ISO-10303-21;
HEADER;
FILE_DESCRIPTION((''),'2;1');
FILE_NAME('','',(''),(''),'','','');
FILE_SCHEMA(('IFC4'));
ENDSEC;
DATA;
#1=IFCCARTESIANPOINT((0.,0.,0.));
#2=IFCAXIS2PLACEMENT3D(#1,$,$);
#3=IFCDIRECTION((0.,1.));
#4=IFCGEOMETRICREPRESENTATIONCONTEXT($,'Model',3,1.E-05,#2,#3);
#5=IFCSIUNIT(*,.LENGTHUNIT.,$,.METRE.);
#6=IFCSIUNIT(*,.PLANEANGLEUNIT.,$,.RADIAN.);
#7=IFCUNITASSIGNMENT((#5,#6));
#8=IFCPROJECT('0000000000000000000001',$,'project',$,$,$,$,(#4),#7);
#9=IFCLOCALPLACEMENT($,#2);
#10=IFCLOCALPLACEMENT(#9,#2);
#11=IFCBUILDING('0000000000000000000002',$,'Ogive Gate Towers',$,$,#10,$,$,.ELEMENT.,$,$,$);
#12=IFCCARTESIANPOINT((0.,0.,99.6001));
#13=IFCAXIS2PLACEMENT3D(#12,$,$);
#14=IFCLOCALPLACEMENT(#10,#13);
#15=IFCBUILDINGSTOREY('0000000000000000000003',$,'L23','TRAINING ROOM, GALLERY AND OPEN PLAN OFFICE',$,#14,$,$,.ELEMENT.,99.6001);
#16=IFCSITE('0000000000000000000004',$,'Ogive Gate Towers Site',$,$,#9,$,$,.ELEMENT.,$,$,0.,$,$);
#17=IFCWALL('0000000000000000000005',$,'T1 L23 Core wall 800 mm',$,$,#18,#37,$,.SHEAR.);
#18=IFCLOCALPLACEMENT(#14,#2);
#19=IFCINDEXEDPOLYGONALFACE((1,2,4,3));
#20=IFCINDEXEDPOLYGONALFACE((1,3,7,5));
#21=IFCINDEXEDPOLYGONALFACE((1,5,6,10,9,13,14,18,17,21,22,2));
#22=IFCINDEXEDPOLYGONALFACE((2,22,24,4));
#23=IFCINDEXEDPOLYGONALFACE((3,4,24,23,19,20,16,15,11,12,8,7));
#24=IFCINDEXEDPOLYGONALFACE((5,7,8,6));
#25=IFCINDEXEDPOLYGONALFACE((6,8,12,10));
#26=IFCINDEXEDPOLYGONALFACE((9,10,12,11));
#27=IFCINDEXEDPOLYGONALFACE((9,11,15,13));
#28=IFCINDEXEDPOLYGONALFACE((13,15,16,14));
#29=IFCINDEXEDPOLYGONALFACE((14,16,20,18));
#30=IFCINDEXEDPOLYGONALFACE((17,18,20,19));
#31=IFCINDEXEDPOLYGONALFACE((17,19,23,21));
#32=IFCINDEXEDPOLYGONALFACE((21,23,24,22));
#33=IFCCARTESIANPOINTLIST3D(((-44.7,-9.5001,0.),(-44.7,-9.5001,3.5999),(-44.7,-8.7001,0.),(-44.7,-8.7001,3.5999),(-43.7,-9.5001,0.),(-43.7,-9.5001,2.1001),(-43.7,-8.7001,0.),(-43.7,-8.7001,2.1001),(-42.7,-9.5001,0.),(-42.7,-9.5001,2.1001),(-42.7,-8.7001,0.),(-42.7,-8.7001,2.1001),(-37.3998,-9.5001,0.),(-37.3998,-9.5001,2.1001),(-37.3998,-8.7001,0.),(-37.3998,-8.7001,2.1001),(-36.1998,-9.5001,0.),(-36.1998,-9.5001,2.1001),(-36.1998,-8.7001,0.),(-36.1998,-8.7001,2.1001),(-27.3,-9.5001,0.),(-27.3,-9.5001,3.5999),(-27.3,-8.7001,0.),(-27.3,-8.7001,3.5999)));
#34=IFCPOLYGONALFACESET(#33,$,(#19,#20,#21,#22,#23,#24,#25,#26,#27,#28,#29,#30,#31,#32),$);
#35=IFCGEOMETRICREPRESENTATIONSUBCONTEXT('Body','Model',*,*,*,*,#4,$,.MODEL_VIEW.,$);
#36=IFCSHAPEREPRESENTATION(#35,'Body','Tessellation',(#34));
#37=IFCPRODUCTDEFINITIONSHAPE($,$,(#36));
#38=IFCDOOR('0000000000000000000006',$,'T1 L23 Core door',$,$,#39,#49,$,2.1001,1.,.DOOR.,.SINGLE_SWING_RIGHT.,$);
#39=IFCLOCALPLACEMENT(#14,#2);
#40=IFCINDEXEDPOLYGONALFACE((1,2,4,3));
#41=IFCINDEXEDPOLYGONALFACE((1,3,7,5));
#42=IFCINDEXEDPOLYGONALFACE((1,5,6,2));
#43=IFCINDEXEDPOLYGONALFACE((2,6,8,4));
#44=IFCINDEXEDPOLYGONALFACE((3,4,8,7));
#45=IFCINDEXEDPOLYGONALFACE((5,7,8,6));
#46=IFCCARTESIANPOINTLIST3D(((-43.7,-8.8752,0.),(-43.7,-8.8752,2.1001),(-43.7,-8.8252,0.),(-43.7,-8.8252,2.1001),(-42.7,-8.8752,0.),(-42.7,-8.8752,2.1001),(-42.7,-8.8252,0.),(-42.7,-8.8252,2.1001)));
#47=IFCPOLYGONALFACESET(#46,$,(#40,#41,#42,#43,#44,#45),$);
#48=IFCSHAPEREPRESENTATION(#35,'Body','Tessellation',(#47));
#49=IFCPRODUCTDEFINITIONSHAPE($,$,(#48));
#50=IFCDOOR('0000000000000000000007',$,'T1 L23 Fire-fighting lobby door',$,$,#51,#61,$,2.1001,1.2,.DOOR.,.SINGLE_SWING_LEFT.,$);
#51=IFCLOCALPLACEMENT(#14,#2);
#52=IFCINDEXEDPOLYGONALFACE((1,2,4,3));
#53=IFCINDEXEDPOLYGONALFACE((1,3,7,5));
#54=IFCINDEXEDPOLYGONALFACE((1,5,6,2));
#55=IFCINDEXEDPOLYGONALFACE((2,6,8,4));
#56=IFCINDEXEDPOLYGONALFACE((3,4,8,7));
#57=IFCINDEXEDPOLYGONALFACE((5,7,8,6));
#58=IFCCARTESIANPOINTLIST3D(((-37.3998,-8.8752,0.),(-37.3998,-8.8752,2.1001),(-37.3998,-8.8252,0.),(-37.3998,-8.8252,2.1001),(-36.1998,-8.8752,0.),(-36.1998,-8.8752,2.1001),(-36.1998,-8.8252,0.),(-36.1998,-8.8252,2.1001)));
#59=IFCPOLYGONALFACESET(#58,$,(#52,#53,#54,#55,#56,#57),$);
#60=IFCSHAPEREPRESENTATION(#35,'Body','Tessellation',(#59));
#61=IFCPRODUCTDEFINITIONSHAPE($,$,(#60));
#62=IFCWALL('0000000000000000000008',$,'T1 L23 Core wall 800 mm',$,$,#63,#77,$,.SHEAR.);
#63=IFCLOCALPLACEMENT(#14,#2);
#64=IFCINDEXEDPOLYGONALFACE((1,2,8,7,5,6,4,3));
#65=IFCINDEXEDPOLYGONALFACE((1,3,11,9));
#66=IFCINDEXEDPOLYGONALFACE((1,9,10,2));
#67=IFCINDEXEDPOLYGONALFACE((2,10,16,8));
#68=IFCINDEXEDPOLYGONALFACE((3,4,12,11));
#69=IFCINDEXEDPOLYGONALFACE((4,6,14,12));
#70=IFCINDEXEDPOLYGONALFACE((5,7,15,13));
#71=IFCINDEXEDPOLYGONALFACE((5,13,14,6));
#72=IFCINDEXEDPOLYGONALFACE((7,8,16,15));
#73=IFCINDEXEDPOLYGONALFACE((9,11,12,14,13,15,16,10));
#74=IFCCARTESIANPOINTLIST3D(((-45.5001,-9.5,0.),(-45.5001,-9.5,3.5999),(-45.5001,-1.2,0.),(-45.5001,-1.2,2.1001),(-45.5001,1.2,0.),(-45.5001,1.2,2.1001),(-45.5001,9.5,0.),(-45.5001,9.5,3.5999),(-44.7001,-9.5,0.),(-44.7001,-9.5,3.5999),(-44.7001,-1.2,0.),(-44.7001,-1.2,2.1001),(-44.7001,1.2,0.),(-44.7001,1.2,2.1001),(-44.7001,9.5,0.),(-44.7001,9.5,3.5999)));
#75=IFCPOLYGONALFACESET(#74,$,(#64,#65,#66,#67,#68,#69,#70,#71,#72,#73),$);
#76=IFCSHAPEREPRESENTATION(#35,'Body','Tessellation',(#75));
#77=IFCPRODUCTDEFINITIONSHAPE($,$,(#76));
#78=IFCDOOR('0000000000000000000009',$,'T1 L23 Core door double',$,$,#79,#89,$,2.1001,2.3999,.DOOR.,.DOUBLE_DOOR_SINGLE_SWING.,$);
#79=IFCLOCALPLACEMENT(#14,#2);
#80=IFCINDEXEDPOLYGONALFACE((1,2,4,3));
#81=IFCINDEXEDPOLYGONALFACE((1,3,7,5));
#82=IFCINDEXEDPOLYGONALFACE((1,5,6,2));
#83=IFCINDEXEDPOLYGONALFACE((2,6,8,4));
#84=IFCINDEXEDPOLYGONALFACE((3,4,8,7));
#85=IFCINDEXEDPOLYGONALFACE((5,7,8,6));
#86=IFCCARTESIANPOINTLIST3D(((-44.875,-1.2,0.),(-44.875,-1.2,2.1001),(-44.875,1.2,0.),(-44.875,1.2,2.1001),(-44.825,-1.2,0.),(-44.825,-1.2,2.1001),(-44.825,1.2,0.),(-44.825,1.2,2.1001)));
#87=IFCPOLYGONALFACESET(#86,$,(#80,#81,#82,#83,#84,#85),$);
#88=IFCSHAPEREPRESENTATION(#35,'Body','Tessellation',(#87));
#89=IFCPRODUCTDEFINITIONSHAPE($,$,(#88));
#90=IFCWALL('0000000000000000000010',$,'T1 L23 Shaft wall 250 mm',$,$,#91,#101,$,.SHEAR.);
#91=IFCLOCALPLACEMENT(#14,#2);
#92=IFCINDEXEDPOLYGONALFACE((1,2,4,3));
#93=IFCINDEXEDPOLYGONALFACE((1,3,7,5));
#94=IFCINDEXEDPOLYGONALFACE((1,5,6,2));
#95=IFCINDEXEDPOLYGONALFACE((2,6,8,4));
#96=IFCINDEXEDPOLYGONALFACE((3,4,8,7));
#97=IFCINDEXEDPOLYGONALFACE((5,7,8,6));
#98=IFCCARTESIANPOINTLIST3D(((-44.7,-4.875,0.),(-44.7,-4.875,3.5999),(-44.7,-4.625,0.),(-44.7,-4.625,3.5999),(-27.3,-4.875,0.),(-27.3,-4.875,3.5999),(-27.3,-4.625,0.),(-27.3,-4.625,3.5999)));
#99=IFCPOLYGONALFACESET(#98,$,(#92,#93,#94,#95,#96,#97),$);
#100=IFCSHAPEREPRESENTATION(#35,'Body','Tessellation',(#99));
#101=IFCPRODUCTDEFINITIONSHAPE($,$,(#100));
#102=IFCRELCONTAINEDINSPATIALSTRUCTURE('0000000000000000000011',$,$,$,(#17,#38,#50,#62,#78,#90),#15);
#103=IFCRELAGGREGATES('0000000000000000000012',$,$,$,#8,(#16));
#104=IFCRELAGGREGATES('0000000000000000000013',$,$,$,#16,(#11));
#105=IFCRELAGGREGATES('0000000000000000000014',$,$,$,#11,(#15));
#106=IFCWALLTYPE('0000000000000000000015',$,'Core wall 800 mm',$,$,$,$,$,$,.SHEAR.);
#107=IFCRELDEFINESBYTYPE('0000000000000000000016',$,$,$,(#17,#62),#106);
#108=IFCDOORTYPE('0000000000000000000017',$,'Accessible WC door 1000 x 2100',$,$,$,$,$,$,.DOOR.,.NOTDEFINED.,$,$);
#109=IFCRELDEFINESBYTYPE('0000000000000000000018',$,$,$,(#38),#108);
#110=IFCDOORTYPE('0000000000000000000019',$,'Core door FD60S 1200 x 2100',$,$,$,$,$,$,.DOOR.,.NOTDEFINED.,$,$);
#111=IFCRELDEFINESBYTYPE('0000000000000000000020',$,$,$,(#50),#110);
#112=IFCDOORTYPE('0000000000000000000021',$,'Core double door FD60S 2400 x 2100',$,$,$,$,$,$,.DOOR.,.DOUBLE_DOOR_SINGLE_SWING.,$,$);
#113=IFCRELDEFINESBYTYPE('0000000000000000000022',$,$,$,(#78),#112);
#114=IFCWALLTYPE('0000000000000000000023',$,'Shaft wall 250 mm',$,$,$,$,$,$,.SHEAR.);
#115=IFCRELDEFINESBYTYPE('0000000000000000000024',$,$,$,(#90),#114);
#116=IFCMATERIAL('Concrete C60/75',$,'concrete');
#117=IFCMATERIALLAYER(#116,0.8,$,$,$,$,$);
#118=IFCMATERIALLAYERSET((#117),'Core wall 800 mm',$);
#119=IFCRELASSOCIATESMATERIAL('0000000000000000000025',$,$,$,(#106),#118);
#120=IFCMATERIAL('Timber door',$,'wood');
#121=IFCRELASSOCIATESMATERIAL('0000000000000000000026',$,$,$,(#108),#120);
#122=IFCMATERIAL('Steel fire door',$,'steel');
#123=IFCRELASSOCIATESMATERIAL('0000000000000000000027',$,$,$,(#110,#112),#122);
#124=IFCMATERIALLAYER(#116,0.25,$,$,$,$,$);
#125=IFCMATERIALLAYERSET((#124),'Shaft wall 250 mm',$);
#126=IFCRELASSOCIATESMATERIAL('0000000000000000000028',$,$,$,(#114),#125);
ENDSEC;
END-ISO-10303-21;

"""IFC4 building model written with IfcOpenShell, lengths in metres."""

from ifc_helpers import new_model, si_unit, direction, frame, frame_2d, origin, place, context, subcontext, project, spatial, rectangle, extrude, material, layer, layer_set, type_object, element, fill, save


model = new_model("IFC4")

# Units and contexts
model_context = context("Model", 3, precision=1e-05, world=origin(), true_north=direction((0.0, 1.0)))
body_context = subcontext(model_context, "Body", "Model", "MODEL_VIEW")
ifc_project = project(units=[si_unit("LENGTHUNIT", "METRE"), si_unit("PLANEANGLEUNIT", "RADIAN")], contexts=[model_context])

# Site, building, storey
site_placement = place(None, origin())
site = spatial("IfcSite", under=ifc_project, at=site_placement, Name="Ogive Gate Towers Site", CompositionType="ELEMENT", RefElevation=0.0)
building_placement = place(site_placement, origin())
building = spatial("IfcBuilding", under=site, at=building_placement, Name="Ogive Gate Towers", CompositionType="ELEMENT")
storey_placement = place(building_placement, frame((0.0, 0.0, 99.6001)))
storey = spatial("IfcBuildingStorey", under=building, at=storey_placement, Name="L23", Description="TRAINING ROOM, GALLERY AND OPEN PLAN OFFICE", CompositionType="ELEMENT", Elevation=99.6001)

# Shared definitions
ifc_material_1 = material(Name="Timber door", Category="wood")

# Wall, openings, doors
ifc_material_2 = material(Name="Concrete C60/75", Category="concrete")
ifc_layer_1 = layer(ifc_material_2, 0.8)
ifc_layer_set_1 = layer_set([ifc_layer_1], Name="Core wall 800 mm")
wall_type_1 = type_object("IfcWallType", Name="Core wall 800 mm", PredefinedType="SHEAR", material=ifc_layer_set_1)
wall_1_placement = place(storey_placement, frame((-44.7, -9.1001, 0.0), z_axis=(0.0, 0.0, 1.0), x_axis=(1.0, 0.0, 0.0)))
wall_1 = element("IfcWall", 1, at=wall_1_placement, inside=storey, type_object=wall_type_1, Name="T1 L23 Core wall 800 mm", PredefinedType="SHEAR", context=body_context, shape_type="SweptSolid", body=[
    extrude(rectangle(XDim=17.3999, YDim=0.8, at=frame_2d((8.7, 0.0))), origin(), (0.0, 0.0, 1.0), 3.5999),
])
opening_1_placement = place(wall_1_placement, frame((7.3, 0.0, 0.0)))
opening_1 = element("IfcOpeningElement", 2, at=opening_1_placement, cuts=wall_1, PredefinedType="OPENING", context=body_context, shape_type="SweptSolid", body=[
    extrude(rectangle(XDim=1.2, YDim=2.1001, at=frame_2d((0.6001, 1.05))), frame((0.0, 0.4102, 0.0), z_axis=(0.0, -1.0, 0.0), x_axis=(1.0, 0.0, 0.0)), (0.0, 0.0, 1.0), 0.8201),
])
opening_2_placement = place(wall_1_placement, frame((1.0, 0.0, 0.0)))
opening_2 = element("IfcOpeningElement", 3, at=opening_2_placement, cuts=wall_1, PredefinedType="OPENING", context=body_context, shape_type="SweptSolid", body=[
    extrude(rectangle(XDim=1.0, YDim=2.1001, at=frame_2d((0.5, 1.05))), frame((0.0, 0.4102, 0.0), z_axis=(0.0, -1.0, 0.0), x_axis=(1.0, 0.0, 0.0)), (0.0, 0.0, 1.0), 0.8201),
])
door_type_1 = type_object("IfcDoorType", Name="Accessible WC door 1000 x 2100", OperationType="NOTDEFINED", PredefinedType="DOOR", material=ifc_material_1)
door_1_placement = place(opening_2_placement, origin())
door_1 = element("IfcDoor", 4, at=door_1_placement, inside=storey, type_object=door_type_1, Name="T1 L23 Core door", OperationType="SINGLE_SWING_RIGHT", OverallHeight=2.1001, OverallWidth=1.0, PredefinedType="DOOR", context=body_context, shape_type="SweptSolid", body=[
    extrude(rectangle(XDim=1.0, YDim=2.1001, at=frame_2d((0.5, 1.05))), frame((0.0, 0.2749, 0.0), z_axis=(0.0, -1.0, 0.0), x_axis=(1.0, 0.0, 0.0)), (0.0, 0.0, 1.0), 0.05),
])
fill(opening_2, door_1)
ifc_material_3 = material(Name="Steel fire door", Category="steel")
door_type_2 = type_object("IfcDoorType", Name="Core door FD60S 1200 x 2100", OperationType="NOTDEFINED", PredefinedType="DOOR", material=ifc_material_3)
door_2_placement = place(opening_1_placement, origin())
door_2 = element("IfcDoor", 5, at=door_2_placement, inside=storey, type_object=door_type_2, Name="T1 L23 Fire-fighting lobby door", OperationType="SINGLE_SWING_LEFT", OverallHeight=2.1001, OverallWidth=1.2, PredefinedType="DOOR", context=body_context, shape_type="SweptSolid", body=[
    extrude(rectangle(XDim=1.2, YDim=2.1001, at=frame_2d((0.6001, 1.05))), frame((0.0, 0.2749, 0.0), z_axis=(0.0, -1.0, 0.0), x_axis=(1.0, 0.0, 0.0)), (0.0, 0.0, 1.0), 0.05),
])
fill(opening_1, door_2)

# Wall, opening, door
wall_2_placement = place(storey_placement, frame((-45.1001, -9.5, 0.0), z_axis=(0.0, 0.0, 1.0), x_axis=(0.0, 1.0, 0.0)))
wall_2 = element("IfcWall", 6, at=wall_2_placement, inside=storey, type_object=wall_type_1, Name="T1 L23 Core wall 800 mm", PredefinedType="SHEAR", context=body_context, shape_type="SweptSolid", body=[
    extrude(rectangle(XDim=19.0, YDim=0.8, at=frame_2d((9.5, 0.0))), origin(), (0.0, 0.0, 1.0), 3.5999),
])
opening_3_placement = place(wall_2_placement, frame((8.3, 0.0, 0.0)))
opening_3 = element("IfcOpeningElement", 7, at=opening_3_placement, cuts=wall_2, PredefinedType="OPENING", context=body_context, shape_type="SweptSolid", body=[
    extrude(rectangle(XDim=2.3999, YDim=2.1001, at=frame_2d((1.2, 1.05))), frame((0.0, 0.4102, 0.0), z_axis=(0.0, -1.0, 0.0), x_axis=(1.0, 0.0, 0.0)), (0.0, 0.0, 1.0), 0.8201),
])
door_type_3 = type_object("IfcDoorType", Name="Core double door FD60S 2400 x 2100", OperationType="DOUBLE_DOOR_SINGLE_SWING", PredefinedType="DOOR", material=ifc_material_3)
door_3_placement = place(opening_3_placement, origin())
door_3 = element("IfcDoor", 8, at=door_3_placement, inside=storey, type_object=door_type_3, Name="T1 L23 Core door double", OperationType="DOUBLE_DOOR_SINGLE_SWING", OverallHeight=2.1001, OverallWidth=2.3999, PredefinedType="DOOR", context=body_context, shape_type="SweptSolid", body=[
    extrude(rectangle(XDim=2.3999, YDim=2.1001, at=frame_2d((1.2, 1.05))), frame((0.0, -0.2251, 0.0), z_axis=(0.0, -1.0, 0.0), x_axis=(1.0, 0.0, 0.0)), (0.0, 0.0, 1.0), 0.05),
])
fill(opening_3, door_3)

# Wall
ifc_layer_2 = layer(ifc_material_2, 0.25)
ifc_layer_set_2 = layer_set([ifc_layer_2], Name="Shaft wall 250 mm")
wall_type_2 = type_object("IfcWallType", Name="Shaft wall 250 mm", PredefinedType="SHEAR", material=ifc_layer_set_2)
wall_3_placement = place(storey_placement, frame((-44.7, -4.75, 0.0), z_axis=(0.0, 0.0, 1.0), x_axis=(1.0, 0.0, 0.0)))
element("IfcWall", 9, at=wall_3_placement, inside=storey, type_object=wall_type_2, Name="T1 L23 Shaft wall 250 mm", PredefinedType="SHEAR", context=body_context, shape_type="SweptSolid", body=[
    extrude(rectangle(XDim=17.3999, YDim=0.25, at=frame_2d((8.7, 0.0))), origin(), (0.0, 0.0, 1.0), 3.5999),
])

save(model, "model.ifc")
